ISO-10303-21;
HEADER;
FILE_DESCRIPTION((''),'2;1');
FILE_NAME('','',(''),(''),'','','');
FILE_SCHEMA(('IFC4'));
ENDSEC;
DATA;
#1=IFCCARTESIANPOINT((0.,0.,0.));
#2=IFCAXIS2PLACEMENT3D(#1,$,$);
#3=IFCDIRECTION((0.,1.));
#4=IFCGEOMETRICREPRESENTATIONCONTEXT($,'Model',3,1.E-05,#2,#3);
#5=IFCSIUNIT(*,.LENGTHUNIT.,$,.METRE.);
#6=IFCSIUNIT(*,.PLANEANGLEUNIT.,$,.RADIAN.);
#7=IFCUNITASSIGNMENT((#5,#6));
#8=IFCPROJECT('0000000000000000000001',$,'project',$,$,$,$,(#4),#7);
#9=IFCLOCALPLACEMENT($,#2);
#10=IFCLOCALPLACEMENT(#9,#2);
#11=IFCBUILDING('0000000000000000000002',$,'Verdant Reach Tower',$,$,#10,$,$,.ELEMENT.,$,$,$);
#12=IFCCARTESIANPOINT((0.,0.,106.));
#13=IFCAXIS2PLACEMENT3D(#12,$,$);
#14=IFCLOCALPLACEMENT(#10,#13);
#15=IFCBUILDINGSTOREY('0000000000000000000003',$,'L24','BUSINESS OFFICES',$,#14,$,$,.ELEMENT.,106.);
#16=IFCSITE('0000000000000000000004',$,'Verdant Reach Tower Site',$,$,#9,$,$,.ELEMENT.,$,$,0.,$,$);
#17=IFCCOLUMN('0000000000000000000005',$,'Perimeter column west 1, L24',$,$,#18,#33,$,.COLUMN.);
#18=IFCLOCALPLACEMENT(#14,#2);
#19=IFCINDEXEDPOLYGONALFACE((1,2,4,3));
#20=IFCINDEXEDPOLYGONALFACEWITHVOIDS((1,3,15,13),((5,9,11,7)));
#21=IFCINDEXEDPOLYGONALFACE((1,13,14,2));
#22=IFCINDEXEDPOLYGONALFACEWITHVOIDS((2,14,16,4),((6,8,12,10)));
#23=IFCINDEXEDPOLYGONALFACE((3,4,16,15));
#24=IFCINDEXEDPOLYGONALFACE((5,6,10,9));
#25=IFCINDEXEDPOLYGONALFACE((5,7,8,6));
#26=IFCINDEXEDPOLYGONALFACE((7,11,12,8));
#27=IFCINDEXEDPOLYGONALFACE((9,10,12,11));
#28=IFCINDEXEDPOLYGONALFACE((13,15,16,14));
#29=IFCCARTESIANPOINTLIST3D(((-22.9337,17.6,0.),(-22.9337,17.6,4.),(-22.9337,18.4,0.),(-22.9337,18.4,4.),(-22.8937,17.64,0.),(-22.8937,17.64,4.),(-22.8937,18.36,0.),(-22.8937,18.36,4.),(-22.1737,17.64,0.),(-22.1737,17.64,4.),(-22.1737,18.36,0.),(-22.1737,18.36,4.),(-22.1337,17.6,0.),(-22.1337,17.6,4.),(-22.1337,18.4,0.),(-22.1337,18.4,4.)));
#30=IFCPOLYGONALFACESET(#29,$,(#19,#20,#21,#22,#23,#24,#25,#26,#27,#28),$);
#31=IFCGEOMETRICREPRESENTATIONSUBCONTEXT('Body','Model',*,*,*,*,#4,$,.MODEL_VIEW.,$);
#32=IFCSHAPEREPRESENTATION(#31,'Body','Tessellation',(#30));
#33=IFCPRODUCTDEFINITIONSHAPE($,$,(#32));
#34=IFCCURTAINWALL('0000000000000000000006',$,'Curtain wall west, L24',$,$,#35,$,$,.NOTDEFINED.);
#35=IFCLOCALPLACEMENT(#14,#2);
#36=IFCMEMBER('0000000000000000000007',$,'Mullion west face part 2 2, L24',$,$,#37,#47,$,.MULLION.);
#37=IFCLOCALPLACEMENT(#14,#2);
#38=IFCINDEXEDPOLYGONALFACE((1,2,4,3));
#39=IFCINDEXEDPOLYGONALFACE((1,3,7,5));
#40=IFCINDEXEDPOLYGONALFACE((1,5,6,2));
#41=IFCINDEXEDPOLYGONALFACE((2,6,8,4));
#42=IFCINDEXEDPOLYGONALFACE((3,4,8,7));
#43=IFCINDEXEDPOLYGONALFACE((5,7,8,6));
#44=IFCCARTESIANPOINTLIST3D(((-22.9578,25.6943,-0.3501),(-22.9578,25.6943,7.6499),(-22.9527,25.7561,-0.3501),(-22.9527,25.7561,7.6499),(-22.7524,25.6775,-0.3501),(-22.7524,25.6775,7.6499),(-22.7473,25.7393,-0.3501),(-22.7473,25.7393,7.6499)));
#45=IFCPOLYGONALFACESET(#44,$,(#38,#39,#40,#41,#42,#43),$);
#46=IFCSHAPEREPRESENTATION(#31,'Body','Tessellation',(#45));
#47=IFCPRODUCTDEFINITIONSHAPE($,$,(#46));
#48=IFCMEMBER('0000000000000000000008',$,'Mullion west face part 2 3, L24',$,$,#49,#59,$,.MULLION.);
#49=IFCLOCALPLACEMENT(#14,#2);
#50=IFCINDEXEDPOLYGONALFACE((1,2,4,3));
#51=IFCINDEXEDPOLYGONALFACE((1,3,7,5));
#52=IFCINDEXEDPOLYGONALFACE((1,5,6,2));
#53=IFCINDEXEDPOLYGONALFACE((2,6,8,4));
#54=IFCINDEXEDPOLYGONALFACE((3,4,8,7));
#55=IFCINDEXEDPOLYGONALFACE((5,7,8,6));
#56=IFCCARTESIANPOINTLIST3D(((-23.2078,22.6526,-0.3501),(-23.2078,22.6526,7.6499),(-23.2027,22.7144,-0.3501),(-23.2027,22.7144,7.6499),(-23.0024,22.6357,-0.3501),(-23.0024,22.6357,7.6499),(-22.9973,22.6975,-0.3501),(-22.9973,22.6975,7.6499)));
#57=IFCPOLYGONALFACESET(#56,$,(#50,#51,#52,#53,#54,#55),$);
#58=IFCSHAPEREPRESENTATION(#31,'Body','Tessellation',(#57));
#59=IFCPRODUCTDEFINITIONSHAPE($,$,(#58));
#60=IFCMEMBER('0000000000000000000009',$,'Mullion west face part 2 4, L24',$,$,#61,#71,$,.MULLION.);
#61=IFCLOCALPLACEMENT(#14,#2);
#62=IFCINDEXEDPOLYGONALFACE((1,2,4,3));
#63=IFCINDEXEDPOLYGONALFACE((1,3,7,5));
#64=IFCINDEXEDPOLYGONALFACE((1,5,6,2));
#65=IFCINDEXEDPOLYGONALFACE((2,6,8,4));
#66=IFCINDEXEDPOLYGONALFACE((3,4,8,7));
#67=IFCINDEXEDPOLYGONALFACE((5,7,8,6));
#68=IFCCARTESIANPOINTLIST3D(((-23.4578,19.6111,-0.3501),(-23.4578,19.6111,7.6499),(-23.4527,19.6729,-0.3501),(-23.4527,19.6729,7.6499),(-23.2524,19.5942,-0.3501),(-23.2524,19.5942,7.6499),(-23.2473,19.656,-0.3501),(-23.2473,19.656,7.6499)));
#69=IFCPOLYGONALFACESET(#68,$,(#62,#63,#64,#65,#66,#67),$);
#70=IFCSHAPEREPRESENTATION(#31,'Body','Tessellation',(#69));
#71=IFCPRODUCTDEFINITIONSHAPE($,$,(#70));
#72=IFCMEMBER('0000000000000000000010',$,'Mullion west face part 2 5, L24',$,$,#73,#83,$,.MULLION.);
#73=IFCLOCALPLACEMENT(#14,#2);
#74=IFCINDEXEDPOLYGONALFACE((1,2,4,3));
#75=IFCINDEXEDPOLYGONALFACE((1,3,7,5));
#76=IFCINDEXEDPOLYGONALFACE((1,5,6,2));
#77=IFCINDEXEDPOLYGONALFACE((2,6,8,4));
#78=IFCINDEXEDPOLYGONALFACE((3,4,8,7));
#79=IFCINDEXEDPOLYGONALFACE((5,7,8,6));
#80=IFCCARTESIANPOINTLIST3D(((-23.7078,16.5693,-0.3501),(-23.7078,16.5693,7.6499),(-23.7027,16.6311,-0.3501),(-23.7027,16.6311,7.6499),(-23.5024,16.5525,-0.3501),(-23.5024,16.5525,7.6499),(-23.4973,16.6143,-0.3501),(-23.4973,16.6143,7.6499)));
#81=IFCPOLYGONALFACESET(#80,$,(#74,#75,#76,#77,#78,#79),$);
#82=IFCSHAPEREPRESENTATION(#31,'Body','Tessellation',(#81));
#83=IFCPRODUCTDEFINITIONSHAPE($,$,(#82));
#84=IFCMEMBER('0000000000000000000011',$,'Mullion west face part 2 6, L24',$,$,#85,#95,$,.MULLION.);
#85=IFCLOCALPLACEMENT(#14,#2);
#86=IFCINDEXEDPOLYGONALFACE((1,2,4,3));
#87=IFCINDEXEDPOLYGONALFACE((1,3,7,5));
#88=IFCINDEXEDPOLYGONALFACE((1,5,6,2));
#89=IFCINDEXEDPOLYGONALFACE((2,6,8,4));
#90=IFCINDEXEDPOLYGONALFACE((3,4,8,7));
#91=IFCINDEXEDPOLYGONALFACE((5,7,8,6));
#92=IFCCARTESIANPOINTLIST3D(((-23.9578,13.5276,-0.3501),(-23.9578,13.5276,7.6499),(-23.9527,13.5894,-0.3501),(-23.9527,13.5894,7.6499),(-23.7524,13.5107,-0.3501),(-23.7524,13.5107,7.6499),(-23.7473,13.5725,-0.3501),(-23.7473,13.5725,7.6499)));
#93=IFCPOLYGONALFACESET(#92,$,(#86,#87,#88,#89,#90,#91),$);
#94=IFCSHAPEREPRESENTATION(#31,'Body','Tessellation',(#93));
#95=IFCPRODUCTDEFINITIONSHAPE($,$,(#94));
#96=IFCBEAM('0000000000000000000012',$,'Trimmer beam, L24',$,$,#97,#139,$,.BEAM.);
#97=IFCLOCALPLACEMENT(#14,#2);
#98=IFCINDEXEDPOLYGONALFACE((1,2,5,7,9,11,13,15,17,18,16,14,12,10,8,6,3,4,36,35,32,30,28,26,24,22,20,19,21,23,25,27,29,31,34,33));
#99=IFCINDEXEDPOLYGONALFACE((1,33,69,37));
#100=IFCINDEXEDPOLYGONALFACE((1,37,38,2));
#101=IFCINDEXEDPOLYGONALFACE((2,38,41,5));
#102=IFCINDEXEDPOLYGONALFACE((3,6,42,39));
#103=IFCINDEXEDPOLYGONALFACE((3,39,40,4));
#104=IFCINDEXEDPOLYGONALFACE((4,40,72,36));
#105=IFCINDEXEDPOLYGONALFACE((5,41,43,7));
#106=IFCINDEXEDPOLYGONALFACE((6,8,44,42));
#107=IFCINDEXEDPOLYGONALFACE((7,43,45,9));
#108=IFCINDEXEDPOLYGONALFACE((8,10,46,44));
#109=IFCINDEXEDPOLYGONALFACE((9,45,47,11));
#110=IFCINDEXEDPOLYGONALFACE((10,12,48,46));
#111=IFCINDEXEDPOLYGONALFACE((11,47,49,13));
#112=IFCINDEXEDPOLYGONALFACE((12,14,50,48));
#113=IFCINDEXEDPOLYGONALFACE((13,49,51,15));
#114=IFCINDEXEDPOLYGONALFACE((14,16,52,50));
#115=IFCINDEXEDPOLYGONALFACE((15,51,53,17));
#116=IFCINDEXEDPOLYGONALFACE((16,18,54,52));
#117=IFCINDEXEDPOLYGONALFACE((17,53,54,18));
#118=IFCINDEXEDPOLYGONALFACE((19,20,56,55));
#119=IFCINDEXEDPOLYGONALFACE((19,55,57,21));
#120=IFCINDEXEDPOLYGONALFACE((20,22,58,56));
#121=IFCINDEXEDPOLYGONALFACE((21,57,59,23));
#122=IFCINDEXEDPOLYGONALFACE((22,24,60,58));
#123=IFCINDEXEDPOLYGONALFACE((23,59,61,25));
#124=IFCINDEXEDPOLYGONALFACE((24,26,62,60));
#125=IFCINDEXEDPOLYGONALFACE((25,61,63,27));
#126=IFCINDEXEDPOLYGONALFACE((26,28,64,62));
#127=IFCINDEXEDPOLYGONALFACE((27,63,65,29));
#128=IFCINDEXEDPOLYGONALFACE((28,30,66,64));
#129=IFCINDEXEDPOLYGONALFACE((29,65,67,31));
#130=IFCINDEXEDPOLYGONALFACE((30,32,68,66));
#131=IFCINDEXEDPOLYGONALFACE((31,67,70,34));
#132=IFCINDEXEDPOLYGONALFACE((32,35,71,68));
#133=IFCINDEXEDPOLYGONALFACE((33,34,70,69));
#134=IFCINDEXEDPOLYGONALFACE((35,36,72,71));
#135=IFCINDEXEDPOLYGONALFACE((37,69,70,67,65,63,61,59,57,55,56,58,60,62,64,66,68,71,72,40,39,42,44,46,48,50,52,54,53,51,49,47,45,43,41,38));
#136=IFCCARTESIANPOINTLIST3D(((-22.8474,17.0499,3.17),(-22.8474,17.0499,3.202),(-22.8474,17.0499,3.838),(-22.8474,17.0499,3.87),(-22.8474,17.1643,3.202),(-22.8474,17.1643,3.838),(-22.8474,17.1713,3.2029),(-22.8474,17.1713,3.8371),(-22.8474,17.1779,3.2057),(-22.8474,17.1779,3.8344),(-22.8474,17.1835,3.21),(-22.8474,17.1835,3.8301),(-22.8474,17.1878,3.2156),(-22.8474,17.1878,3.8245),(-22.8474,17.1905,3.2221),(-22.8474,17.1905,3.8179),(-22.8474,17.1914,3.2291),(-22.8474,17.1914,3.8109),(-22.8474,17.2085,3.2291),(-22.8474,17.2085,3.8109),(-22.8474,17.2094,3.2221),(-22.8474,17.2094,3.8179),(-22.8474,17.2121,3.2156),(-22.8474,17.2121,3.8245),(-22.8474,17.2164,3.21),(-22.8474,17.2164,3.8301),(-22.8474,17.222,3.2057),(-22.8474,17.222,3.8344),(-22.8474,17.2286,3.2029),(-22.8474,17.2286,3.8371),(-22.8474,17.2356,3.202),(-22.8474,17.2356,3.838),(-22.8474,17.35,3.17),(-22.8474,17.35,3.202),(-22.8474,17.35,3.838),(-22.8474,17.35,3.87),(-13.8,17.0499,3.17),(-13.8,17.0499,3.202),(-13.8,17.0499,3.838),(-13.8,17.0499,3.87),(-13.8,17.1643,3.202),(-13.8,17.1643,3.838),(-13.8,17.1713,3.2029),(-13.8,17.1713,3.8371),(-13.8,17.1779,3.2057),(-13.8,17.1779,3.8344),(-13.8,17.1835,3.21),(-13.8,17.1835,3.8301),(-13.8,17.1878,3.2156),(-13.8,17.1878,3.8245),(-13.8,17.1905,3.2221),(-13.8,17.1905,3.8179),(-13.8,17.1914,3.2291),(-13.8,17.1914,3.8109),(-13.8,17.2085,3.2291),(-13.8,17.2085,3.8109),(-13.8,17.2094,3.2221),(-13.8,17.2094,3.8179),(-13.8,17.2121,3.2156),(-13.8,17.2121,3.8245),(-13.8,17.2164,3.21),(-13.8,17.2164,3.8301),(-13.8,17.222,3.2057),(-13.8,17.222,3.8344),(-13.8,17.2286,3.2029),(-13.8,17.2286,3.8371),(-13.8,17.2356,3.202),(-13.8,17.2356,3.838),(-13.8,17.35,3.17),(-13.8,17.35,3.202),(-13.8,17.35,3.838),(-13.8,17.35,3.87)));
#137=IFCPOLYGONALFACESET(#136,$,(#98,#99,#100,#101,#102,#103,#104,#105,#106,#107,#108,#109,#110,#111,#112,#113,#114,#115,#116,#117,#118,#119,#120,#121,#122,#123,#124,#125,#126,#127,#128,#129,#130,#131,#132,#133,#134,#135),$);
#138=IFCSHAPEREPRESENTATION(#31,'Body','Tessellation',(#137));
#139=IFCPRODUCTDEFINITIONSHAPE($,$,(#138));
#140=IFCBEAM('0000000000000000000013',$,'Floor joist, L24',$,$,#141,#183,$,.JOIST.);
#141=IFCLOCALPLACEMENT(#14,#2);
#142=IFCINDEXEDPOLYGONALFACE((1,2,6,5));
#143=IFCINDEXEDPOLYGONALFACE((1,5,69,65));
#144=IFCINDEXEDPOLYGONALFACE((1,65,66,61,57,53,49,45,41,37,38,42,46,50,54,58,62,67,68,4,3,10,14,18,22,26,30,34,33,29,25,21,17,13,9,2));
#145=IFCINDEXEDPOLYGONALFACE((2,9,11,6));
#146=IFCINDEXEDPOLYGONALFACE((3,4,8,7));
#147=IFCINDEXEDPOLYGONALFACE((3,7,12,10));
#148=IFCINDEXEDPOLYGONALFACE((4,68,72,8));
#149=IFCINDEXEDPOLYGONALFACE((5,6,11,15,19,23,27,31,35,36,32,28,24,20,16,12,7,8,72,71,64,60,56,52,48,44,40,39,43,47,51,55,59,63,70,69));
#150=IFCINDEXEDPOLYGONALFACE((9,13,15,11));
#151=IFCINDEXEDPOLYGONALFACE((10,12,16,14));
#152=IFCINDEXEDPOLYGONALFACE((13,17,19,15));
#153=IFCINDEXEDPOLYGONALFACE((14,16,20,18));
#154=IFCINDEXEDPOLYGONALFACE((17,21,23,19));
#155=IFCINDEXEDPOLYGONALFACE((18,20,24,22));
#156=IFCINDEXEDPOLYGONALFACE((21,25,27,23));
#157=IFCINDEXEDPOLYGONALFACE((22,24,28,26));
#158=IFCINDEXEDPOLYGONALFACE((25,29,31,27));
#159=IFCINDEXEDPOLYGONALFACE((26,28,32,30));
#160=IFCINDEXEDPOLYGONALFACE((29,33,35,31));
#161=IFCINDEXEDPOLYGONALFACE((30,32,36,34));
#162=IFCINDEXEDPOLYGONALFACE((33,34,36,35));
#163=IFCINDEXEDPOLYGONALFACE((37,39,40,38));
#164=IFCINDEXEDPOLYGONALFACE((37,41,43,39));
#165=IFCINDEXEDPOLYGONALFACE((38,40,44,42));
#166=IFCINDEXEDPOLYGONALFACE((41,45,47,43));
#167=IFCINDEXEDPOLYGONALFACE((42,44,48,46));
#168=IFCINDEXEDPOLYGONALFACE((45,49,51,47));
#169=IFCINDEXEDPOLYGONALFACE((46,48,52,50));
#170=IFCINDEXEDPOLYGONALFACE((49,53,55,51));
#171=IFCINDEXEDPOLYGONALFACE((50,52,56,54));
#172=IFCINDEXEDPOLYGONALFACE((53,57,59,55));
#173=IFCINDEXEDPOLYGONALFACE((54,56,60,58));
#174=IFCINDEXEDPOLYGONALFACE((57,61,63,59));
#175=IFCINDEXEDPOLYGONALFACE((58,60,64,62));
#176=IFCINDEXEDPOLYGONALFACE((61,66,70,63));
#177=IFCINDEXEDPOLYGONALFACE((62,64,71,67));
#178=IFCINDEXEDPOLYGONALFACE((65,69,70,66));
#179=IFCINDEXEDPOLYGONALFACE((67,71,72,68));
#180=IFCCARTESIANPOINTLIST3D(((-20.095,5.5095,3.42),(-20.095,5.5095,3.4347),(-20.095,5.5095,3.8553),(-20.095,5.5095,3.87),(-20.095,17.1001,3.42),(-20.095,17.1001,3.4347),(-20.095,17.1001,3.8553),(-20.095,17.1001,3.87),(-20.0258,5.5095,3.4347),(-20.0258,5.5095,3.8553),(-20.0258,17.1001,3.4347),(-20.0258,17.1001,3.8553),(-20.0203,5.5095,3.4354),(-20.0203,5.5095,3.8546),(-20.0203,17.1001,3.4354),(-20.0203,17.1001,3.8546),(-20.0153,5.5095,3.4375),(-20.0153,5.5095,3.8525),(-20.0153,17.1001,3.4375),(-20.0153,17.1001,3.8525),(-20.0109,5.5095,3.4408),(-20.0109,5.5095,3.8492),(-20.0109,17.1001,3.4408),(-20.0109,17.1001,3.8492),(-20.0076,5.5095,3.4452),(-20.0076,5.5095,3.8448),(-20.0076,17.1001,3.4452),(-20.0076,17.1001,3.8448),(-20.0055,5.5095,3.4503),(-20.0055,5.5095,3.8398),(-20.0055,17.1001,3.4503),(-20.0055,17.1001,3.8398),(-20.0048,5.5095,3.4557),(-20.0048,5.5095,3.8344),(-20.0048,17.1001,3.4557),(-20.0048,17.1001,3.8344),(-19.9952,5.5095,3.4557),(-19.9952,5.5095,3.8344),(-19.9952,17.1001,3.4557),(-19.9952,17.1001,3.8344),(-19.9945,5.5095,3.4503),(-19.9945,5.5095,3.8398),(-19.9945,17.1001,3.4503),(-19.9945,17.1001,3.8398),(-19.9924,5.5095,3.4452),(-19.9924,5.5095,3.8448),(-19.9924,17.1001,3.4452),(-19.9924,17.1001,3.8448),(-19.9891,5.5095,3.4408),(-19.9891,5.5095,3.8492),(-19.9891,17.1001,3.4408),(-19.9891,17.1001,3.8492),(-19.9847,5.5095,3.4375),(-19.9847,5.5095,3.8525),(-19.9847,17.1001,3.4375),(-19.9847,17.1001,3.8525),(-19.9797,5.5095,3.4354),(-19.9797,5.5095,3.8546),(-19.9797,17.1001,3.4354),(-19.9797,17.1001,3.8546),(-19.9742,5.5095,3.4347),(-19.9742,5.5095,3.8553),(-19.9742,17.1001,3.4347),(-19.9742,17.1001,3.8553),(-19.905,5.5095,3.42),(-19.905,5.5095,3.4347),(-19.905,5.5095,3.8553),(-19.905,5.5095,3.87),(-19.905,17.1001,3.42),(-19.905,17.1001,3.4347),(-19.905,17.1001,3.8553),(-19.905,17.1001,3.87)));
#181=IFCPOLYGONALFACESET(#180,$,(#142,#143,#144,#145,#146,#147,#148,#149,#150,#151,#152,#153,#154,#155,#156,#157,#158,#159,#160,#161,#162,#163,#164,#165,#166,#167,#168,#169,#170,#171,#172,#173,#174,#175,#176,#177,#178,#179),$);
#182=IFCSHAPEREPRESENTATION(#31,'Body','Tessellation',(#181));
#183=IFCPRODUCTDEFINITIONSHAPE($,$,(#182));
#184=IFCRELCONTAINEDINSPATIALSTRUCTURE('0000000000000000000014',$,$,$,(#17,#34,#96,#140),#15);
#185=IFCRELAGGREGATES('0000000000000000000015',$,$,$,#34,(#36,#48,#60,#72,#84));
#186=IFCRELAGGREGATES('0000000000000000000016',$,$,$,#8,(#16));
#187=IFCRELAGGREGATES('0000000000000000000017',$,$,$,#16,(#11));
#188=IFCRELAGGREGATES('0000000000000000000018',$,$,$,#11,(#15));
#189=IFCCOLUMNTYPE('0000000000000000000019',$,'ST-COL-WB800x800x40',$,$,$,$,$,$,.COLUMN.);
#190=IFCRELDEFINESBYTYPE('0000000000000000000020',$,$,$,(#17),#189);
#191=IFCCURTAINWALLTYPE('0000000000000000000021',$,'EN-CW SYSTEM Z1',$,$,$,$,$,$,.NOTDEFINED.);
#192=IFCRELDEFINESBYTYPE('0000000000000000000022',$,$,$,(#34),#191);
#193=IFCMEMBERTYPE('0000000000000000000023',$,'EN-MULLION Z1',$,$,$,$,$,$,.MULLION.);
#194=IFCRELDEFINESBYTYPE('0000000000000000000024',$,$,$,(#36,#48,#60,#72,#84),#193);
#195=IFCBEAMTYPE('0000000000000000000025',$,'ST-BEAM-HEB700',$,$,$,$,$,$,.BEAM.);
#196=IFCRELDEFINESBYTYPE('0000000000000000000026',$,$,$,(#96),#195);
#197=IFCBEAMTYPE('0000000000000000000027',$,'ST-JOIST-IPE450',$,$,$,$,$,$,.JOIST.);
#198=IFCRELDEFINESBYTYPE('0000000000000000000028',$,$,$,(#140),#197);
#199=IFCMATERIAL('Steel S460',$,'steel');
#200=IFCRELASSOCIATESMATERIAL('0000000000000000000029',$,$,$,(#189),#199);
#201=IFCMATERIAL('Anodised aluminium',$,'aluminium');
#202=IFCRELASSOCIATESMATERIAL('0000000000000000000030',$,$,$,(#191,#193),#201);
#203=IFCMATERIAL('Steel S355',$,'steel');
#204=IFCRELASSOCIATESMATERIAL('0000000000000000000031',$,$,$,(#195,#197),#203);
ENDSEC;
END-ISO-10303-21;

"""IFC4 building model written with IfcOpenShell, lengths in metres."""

from ifc_helpers import new_model, si_unit, direction, frame, origin, origin_2d, place, context, subcontext, project, spatial, rectangle, hollow_rectangle, i_section, extrude, material, material_profile, profile_set, type_object, element, aggregate, save


model = new_model("IFC4")

# Units and contexts
model_context = context("Model", 3, precision=1e-05, world=origin(), true_north=direction((0.0, 1.0)))
body_context = subcontext(model_context, "Body", "Model", "MODEL_VIEW")
ifc_project = project(units=[si_unit("LENGTHUNIT", "METRE"), si_unit("PLANEANGLEUNIT", "RADIAN")], contexts=[model_context])

# Site, building, storey
site_placement = place(None, origin())
site = spatial("IfcSite", under=ifc_project, at=site_placement, Name="Verdant Reach Tower Site", CompositionType="ELEMENT", RefElevation=0.0)
building_placement = place(site_placement, origin())
building = spatial("IfcBuilding", under=site, at=building_placement, Name="Verdant Reach Tower", CompositionType="ELEMENT")
storey_placement = place(building_placement, frame((0.0, 0.0, 106.0)))
storey = spatial("IfcBuildingStorey", under=building, at=storey_placement, Name="L24", Description="BUSINESS OFFICES", CompositionType="ELEMENT", Elevation=106.0)

# Column
ifc_material_1 = material(Name="Steel S460", Category="steel")
ifc_material_profile_1 = material_profile(ifc_material_1, hollow_rectangle(XDim=0.8, YDim=0.8, WallThickness=0.04, at=origin_2d()), Name="WB 800x800x40")
ifc_profile_set_1 = profile_set([ifc_material_profile_1], Name="Steel S460")
column_type = type_object("IfcColumnType", Name="ST-COL-WB800x800x40", PredefinedType="COLUMN", material=ifc_profile_set_1)
column_placement = place(storey_placement, frame((-22.5337, 18.0, 0.0), z_axis=(0.0, 0.0, 1.0), x_axis=(1.0, 0.0, 0.0)))
element("IfcColumn", 1, at=column_placement, inside=storey, type_object=column_type, Name="Perimeter column west 1, L24", PredefinedType="COLUMN", context=body_context, shape_type="SweptSolid", body=[
    extrude(hollow_rectangle(XDim=0.8, YDim=0.8, WallThickness=0.04, at=origin_2d()), origin(), (0.0, 0.0, 1.0), 4.0),
])

# Curtain wall, members
ifc_material_2 = material(Name="Anodised aluminium", Category="aluminium")
curtain_wall_type = type_object("IfcCurtainWallType", Name="EN-CW SYSTEM Z1", PredefinedType="NOTDEFINED", material=ifc_material_2)
curtain_wall_placement = place(storey_placement, origin())
curtain_wall = element("IfcCurtainWall", 2, at=curtain_wall_placement, inside=storey, type_object=curtain_wall_type, Name="Curtain wall west, L24", PredefinedType="NOTDEFINED")
ifc_material_profile_2 = material_profile(ifc_material_2, rectangle(XDim=0.2061, YDim=0.062, at=origin_2d()), Name="Mullion 62x206")
ifc_profile_set_2 = profile_set([ifc_material_profile_2], Name="Anodised aluminium")
member_type = type_object("IfcMemberType", Name="EN-MULLION Z1", PredefinedType="MULLION", material=ifc_profile_set_2)
member_1_placement = place(storey_placement, frame((-22.8525, 25.7168, -0.3501), z_axis=(0.0, 0.0, 1.0), x_axis=(-0.996639, 0.081916, 0.0)))
member_1 = element("IfcMember", 3, at=member_1_placement, type_object=member_type, Name="Mullion west face part 2 2, L24", PredefinedType="MULLION", context=body_context, shape_type="SweptSolid", body=[
    extrude(rectangle(XDim=0.2061, YDim=0.062, at=origin_2d()), origin(), (0.0, 0.0, 1.0), 8.0),
])
member_2_placement = place(storey_placement, frame((-23.1025, 22.675, -0.3501), z_axis=(0.0, 0.0, 1.0), x_axis=(-0.996639, 0.081916, 0.0)))
member_2 = element("IfcMember", 4, at=member_2_placement, type_object=member_type, Name="Mullion west face part 2 3, L24", PredefinedType="MULLION", context=body_context, shape_type="SweptSolid", body=[
    extrude(rectangle(XDim=0.2061, YDim=0.062, at=origin_2d()), origin(), (0.0, 0.0, 1.0), 8.0),
])
member_3_placement = place(storey_placement, frame((-23.3525, 19.6335, -0.3501), z_axis=(0.0, 0.0, 1.0), x_axis=(-0.996639, 0.081916, 0.0)))
member_3 = element("IfcMember", 5, at=member_3_placement, type_object=member_type, Name="Mullion west face part 2 4, L24", PredefinedType="MULLION", context=body_context, shape_type="SweptSolid", body=[
    extrude(rectangle(XDim=0.2061, YDim=0.062, at=origin_2d()), origin(), (0.0, 0.0, 1.0), 8.0),
])
member_4_placement = place(storey_placement, frame((-23.6025, 16.5918, -0.3501), z_axis=(0.0, 0.0, 1.0), x_axis=(-0.996639, 0.081916, 0.0)))
member_4 = element("IfcMember", 6, at=member_4_placement, type_object=member_type, Name="Mullion west face part 2 5, L24", PredefinedType="MULLION", context=body_context, shape_type="SweptSolid", body=[
    extrude(rectangle(XDim=0.2061, YDim=0.062, at=origin_2d()), origin(), (0.0, 0.0, 1.0), 8.0),
])
member_5_placement = place(storey_placement, frame((-23.8525, 13.55, -0.3501), z_axis=(0.0, 0.0, 1.0), x_axis=(-0.996639, 0.081916, 0.0)))
member_5 = element("IfcMember", 7, at=member_5_placement, type_object=member_type, Name="Mullion west face part 2 6, L24", PredefinedType="MULLION", context=body_context, shape_type="SweptSolid", body=[
    extrude(rectangle(XDim=0.2061, YDim=0.062, at=origin_2d()), origin(), (0.0, 0.0, 1.0), 8.0),
])

# Beams
ifc_material_3 = material(Name="Steel S355", Category="steel")
ifc_material_profile_3 = material_profile(ifc_material_3, i_section(OverallWidth=0.3, OverallDepth=0.7, WebThickness=0.0171, FlangeThickness=0.032, FilletRadius=0.0271, at=origin_2d()), Name="HEB 700")
ifc_profile_set_3 = profile_set([ifc_material_profile_3], Name="Steel S355")
beam_type_1 = type_object("IfcBeamType", Name="ST-BEAM-HEB700", PredefinedType="BEAM", material=ifc_profile_set_3)
beam_1_placement = place(storey_placement, frame((-13.8, 17.2, 3.52), z_axis=(-1.0, 0.0, 0.0), x_axis=(0.0, -1.0, 0.0)))
element("IfcBeam", 8, at=beam_1_placement, inside=storey, type_object=beam_type_1, Name="Trimmer beam, L24", PredefinedType="BEAM", context=body_context, shape_type="SweptSolid", body=[
    extrude(i_section(OverallWidth=0.3, OverallDepth=0.7, WebThickness=0.0171, FlangeThickness=0.032, FilletRadius=0.0271, at=origin_2d()), origin(), (0.0, 0.0, 1.0), 9.0474),
])
ifc_material_profile_4 = material_profile(ifc_material_3, i_section(OverallWidth=0.1899, OverallDepth=0.45, WebThickness=0.0095, FlangeThickness=0.0146, FilletRadius=0.021, at=origin_2d()), Name="IPE 450")
ifc_profile_set_4 = profile_set([ifc_material_profile_4], Name="Steel S355")
beam_type_2 = type_object("IfcBeamType", Name="ST-JOIST-IPE450", PredefinedType="JOIST", material=ifc_profile_set_4)
beam_2_placement = place(storey_placement, frame((-20.0, 17.1001, 3.645), z_axis=(0.0, -1.0, 0.0), x_axis=(1.0, 0.0, 0.0)))
element("IfcBeam", 9, at=beam_2_placement, inside=storey, type_object=beam_type_2, Name="Floor joist, L24", PredefinedType="JOIST", context=body_context, shape_type="SweptSolid", body=[
    extrude(i_section(OverallWidth=0.1899, OverallDepth=0.45, WebThickness=0.0095, FlangeThickness=0.0146, FilletRadius=0.021, at=origin_2d()), origin(), (0.0, 0.0, 1.0), 11.5906),
])

aggregate(curtain_wall, [member_1, member_2, member_3, member_4, member_5])

save(model, "model.ifc")
